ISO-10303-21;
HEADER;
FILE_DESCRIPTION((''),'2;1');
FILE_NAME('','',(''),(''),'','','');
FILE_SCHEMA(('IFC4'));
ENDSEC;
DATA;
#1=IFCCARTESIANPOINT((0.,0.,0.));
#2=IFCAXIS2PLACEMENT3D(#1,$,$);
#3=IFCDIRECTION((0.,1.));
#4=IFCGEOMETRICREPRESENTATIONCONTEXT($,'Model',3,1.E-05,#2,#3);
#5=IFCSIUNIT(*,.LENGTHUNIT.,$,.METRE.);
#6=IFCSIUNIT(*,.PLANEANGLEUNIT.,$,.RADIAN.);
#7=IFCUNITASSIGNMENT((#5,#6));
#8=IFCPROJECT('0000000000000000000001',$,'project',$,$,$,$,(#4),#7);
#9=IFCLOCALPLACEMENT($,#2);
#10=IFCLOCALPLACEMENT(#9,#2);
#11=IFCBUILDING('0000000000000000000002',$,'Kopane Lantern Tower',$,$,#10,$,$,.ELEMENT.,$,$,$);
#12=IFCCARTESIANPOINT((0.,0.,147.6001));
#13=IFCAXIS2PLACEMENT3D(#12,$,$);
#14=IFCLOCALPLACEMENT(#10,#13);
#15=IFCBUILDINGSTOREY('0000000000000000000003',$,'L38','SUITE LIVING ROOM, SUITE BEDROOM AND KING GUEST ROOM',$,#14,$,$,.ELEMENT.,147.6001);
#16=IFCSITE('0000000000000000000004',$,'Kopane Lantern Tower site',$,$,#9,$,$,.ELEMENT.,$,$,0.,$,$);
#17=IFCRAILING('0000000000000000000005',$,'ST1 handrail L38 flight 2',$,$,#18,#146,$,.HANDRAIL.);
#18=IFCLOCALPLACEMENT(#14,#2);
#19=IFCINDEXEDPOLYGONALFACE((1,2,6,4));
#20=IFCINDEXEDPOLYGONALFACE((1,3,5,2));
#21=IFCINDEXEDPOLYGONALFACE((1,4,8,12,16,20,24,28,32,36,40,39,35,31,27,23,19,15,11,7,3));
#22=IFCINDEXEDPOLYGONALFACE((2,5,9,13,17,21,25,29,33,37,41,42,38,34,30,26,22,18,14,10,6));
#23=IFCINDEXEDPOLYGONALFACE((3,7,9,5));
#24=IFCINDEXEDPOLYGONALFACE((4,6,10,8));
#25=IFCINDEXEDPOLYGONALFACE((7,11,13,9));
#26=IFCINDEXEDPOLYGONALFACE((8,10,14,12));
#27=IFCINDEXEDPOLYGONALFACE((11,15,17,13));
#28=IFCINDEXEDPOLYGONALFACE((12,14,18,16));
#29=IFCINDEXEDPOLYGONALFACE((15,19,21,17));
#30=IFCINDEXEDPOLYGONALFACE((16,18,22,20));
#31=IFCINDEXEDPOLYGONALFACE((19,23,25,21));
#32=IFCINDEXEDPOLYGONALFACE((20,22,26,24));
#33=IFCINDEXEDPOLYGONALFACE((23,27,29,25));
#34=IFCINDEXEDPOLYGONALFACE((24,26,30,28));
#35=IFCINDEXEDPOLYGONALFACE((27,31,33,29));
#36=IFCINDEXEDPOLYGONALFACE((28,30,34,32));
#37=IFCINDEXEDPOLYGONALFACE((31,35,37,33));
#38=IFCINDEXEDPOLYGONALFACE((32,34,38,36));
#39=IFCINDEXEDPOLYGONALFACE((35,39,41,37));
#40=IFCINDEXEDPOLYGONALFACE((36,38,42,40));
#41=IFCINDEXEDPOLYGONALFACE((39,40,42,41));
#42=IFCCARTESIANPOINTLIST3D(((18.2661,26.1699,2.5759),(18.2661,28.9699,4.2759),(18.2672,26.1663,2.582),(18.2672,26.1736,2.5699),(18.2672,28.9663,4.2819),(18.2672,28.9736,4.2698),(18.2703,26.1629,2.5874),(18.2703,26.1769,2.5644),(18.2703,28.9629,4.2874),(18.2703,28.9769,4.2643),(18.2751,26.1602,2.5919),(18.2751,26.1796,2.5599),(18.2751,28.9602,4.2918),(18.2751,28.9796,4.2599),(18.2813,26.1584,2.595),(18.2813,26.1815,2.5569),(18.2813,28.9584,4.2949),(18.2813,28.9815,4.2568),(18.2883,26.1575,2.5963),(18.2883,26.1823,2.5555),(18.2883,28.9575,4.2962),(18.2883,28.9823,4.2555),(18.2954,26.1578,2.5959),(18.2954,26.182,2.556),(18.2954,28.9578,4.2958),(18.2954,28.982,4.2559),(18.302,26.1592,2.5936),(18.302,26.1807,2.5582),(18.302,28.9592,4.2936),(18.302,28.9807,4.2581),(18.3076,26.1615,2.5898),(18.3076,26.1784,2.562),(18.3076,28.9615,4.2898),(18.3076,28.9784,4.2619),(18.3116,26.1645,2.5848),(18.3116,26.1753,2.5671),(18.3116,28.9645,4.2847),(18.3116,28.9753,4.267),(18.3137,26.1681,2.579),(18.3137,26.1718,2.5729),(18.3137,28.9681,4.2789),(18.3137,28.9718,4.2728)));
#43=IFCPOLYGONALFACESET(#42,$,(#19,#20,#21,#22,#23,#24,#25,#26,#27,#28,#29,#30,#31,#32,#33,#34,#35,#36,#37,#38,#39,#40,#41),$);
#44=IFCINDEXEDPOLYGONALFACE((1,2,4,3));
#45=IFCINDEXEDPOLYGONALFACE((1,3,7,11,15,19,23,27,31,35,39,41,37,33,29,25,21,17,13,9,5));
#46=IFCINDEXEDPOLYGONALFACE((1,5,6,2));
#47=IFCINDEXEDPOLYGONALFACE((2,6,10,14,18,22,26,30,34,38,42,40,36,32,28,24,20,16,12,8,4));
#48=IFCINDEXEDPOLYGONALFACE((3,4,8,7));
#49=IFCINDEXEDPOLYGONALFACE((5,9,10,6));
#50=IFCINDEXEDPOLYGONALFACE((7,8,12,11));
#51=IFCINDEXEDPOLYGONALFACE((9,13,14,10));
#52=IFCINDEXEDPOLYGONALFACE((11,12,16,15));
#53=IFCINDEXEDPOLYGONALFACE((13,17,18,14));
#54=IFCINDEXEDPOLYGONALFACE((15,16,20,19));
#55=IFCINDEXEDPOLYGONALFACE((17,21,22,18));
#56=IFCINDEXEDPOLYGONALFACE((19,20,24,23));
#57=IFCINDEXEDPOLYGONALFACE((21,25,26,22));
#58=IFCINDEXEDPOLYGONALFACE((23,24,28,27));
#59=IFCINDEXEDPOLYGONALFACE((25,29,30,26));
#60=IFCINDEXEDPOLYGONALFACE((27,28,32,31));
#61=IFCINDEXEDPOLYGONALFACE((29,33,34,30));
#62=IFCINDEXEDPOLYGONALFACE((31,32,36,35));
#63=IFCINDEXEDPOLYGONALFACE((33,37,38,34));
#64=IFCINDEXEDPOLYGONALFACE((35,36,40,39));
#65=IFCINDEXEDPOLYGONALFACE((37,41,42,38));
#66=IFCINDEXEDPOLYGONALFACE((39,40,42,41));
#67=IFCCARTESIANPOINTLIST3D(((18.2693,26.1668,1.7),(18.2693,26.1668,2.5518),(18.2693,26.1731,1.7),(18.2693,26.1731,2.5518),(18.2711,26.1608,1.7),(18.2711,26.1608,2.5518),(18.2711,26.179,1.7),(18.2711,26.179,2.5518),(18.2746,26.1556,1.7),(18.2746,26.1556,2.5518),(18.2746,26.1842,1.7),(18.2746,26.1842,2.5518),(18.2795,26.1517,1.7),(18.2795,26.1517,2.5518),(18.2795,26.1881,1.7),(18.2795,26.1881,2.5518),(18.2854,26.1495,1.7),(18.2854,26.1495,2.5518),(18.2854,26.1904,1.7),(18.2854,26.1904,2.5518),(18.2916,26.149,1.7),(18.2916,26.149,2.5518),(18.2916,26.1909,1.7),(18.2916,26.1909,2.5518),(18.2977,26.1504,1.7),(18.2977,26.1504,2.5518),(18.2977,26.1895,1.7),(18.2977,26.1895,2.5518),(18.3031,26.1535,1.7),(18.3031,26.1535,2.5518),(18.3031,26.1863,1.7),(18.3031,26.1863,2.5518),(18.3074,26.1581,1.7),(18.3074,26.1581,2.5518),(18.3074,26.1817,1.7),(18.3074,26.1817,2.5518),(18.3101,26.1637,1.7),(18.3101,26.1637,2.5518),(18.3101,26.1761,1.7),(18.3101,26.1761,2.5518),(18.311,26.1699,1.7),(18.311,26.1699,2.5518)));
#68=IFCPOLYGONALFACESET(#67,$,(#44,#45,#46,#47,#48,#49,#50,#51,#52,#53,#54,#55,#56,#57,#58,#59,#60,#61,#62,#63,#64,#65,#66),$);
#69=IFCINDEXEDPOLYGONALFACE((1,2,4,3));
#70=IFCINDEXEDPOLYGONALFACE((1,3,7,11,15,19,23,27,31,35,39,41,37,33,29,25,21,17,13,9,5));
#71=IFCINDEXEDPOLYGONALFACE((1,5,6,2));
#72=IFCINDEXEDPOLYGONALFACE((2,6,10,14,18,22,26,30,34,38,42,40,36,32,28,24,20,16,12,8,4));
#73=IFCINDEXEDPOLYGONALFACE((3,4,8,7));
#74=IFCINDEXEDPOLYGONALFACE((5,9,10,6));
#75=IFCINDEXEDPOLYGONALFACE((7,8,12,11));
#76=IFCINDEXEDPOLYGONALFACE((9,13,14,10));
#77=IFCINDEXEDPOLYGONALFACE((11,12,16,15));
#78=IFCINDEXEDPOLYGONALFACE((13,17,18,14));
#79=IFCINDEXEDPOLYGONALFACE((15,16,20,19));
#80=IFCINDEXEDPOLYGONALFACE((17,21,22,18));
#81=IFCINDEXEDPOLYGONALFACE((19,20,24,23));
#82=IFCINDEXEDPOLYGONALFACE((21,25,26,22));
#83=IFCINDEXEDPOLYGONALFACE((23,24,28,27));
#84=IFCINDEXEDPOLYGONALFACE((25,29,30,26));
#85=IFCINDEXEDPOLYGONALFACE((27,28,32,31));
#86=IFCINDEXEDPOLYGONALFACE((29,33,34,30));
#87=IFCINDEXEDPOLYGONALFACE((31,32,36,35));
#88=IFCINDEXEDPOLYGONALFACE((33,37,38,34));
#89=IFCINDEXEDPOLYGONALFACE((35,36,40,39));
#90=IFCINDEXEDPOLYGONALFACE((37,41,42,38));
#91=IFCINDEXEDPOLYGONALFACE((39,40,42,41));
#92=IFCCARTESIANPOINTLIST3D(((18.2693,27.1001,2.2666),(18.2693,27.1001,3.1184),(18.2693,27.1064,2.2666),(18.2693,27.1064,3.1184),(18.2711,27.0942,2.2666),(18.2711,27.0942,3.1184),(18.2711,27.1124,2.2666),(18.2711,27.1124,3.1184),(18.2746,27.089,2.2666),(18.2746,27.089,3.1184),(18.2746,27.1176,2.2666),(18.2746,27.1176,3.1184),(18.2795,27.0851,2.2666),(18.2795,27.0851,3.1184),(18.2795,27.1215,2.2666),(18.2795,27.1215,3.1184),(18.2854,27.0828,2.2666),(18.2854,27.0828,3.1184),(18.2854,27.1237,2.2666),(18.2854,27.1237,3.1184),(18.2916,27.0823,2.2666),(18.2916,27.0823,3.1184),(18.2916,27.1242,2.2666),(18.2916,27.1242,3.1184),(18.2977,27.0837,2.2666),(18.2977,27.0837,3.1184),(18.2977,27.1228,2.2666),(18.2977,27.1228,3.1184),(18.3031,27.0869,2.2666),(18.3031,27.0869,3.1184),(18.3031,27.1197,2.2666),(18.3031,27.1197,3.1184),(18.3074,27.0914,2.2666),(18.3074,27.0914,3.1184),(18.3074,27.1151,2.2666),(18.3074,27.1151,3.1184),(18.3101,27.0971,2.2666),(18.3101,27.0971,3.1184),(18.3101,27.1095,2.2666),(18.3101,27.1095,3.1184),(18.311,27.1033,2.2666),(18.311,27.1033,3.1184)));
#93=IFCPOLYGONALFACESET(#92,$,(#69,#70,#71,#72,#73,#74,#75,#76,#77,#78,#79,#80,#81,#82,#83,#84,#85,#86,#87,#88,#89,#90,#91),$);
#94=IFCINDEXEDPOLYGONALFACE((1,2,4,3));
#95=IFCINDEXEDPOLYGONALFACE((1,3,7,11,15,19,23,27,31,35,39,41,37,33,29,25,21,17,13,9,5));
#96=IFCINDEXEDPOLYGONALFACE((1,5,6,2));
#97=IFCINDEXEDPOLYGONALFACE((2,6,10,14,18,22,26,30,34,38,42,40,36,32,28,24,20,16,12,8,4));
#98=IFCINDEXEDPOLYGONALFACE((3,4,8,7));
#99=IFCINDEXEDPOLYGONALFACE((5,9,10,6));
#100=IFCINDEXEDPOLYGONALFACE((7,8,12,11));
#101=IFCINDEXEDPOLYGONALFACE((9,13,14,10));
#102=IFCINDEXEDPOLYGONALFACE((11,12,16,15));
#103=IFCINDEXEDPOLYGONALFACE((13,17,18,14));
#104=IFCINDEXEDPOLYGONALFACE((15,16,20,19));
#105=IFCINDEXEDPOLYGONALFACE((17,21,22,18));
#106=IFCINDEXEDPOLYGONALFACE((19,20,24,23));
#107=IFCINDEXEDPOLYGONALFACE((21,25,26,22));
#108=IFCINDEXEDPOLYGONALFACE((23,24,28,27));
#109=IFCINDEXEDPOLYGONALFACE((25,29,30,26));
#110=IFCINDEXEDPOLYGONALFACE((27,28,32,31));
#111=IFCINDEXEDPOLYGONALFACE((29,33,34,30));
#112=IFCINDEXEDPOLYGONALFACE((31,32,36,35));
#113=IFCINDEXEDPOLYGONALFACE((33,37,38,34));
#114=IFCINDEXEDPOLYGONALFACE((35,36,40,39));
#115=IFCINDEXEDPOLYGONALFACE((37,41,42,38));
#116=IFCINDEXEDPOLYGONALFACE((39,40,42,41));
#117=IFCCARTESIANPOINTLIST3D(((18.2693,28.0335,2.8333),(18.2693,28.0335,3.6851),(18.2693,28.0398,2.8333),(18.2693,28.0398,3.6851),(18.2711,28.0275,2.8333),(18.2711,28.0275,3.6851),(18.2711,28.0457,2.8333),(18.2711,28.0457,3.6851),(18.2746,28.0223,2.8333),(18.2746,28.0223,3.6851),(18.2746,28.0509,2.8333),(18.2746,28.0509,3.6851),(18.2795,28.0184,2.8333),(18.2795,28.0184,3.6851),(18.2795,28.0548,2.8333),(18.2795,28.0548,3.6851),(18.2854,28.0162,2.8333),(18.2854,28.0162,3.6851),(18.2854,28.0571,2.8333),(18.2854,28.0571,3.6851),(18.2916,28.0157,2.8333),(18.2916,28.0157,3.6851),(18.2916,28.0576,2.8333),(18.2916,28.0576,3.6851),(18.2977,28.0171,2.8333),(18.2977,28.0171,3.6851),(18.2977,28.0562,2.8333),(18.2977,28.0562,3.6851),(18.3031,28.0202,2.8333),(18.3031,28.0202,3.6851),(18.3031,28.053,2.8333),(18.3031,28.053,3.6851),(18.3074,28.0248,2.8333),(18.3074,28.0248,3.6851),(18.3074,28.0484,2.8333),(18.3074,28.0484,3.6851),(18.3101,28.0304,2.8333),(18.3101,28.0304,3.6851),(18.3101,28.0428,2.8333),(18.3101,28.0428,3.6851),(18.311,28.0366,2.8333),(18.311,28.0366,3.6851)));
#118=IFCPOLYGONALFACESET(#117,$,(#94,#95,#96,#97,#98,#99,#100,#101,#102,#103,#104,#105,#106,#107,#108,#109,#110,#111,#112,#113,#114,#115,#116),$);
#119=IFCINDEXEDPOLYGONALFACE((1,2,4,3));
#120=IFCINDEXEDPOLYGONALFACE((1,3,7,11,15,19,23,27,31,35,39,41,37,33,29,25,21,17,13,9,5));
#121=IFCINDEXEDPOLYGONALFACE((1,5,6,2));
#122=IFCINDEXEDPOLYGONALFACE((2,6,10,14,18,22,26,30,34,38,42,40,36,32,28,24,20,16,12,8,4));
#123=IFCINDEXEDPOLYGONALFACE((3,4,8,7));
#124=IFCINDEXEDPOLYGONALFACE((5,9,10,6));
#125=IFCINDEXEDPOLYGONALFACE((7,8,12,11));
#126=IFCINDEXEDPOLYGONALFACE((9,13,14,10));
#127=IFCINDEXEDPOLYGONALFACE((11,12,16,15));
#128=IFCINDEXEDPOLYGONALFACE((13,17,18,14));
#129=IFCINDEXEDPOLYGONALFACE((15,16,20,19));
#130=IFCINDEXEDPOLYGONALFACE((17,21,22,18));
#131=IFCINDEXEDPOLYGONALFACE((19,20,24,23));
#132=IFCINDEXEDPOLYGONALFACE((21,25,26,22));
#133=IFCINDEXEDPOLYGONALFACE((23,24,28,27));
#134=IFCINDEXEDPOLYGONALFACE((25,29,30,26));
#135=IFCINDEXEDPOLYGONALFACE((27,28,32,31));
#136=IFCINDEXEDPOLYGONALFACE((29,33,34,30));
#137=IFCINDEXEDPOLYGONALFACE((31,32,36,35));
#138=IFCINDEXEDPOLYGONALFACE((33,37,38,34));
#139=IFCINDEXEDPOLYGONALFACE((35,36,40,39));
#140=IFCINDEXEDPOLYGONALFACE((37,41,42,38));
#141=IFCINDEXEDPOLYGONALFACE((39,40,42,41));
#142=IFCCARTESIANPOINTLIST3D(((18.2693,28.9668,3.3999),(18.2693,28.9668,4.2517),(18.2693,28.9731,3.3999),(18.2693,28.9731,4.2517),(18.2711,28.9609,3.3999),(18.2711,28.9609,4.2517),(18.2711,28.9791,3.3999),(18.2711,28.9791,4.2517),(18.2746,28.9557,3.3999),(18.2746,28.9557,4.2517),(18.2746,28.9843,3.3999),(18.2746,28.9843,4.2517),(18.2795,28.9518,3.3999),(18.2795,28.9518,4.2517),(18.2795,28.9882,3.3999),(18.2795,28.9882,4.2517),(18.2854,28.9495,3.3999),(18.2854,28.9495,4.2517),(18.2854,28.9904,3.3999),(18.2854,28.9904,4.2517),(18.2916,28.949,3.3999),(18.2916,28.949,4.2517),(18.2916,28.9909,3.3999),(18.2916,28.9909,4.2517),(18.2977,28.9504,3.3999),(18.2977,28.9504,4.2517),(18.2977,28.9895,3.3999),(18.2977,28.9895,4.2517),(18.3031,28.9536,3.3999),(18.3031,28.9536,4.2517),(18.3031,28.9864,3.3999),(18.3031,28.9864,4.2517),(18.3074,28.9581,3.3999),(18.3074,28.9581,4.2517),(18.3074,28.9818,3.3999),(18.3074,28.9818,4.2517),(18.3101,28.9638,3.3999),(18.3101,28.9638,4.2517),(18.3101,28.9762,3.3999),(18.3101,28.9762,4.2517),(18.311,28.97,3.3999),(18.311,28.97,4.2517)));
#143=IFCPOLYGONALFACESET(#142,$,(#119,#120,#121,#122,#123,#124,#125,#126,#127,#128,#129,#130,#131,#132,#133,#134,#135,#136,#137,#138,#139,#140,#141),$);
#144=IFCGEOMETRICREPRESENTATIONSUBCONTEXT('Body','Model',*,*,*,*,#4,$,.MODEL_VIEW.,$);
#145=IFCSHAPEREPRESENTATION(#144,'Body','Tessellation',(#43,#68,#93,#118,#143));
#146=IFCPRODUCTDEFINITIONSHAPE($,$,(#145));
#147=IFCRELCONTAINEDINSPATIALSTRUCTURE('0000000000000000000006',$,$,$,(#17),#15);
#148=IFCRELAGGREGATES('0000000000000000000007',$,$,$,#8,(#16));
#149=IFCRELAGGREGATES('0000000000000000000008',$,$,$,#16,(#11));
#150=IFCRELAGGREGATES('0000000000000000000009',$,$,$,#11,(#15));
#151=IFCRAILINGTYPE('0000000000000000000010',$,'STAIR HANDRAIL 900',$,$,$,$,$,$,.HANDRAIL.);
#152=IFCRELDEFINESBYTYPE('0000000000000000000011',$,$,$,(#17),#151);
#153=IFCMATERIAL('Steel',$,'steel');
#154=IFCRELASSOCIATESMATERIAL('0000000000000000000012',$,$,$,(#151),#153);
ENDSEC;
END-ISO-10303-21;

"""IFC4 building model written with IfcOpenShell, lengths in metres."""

from ifc_helpers import new_model, si_unit, direction, frame, origin, origin_2d, place, context, subcontext, project, spatial, circle, extrude, material, type_object, element, save


model = new_model("IFC4")

# Units and contexts
model_context = context("Model", 3, precision=1e-05, world=origin(), true_north=direction((0.0, 1.0)))
body_context = subcontext(model_context, "Body", "Model", "MODEL_VIEW")
ifc_project = project(units=[si_unit("LENGTHUNIT", "METRE"), si_unit("PLANEANGLEUNIT", "RADIAN")], contexts=[model_context])

# Site, building, storey
site_placement = place(None, origin())
site = spatial("IfcSite", under=ifc_project, at=site_placement, Name="Kopane Lantern Tower site", CompositionType="ELEMENT", RefElevation=0.0)
building_placement = place(site_placement, origin())
building = spatial("IfcBuilding", under=site, at=building_placement, Name="Kopane Lantern Tower", CompositionType="ELEMENT")
storey_placement = place(building_placement, frame((0.0, 0.0, 147.6001)))
storey = spatial("IfcBuildingStorey", under=building, at=storey_placement, Name="L38", Description="SUITE LIVING ROOM, SUITE BEDROOM AND KING GUEST ROOM", CompositionType="ELEMENT", Elevation=147.6001)

# Railing
ifc_material_1 = material(Name="Steel", Category="steel")
railing_type = type_object("IfcRailingType", Name="STAIR HANDRAIL 900", PredefinedType="HANDRAIL", material=ifc_material_1)
for number, where, name in (
    (1, (18.29, 26.1699, 1.7), "ST1 handrail L38 flight 2"),
):
    element("IfcRailing", number, at=place(storey_placement, frame(where)), inside=storey, type_object=railing_type, Name=name, PredefinedType="HANDRAIL", context=body_context, shape_type="SweptSolid", body=[
        extrude(circle(Radius=0.0239, at=origin_2d()), frame((0.0, 0.0, 0.876), z_axis=(0.0, 0.854798, 0.518961), x_axis=(-1.0, 0.0, 0.0)), (0.0, 0.0, 1.0), 3.2756),
        extrude(circle(Radius=0.021, at=origin_2d()), origin(), (0.0, 0.0, 1.0), 0.8518),
        extrude(circle(Radius=0.021, at=origin_2d()), frame((0.0, 0.9333, 0.5667)), (0.0, 0.0, 1.0), 0.8518),
        extrude(circle(Radius=0.021, at=origin_2d()), frame((0.0, 1.8667, 1.1333)), (0.0, 0.0, 1.0), 0.8518),
        extrude(circle(Radius=0.021, at=origin_2d()), frame((0.0, 2.8, 1.7)), (0.0, 0.0, 1.0), 0.8518),
    ])

save(model, "model.ifc")
